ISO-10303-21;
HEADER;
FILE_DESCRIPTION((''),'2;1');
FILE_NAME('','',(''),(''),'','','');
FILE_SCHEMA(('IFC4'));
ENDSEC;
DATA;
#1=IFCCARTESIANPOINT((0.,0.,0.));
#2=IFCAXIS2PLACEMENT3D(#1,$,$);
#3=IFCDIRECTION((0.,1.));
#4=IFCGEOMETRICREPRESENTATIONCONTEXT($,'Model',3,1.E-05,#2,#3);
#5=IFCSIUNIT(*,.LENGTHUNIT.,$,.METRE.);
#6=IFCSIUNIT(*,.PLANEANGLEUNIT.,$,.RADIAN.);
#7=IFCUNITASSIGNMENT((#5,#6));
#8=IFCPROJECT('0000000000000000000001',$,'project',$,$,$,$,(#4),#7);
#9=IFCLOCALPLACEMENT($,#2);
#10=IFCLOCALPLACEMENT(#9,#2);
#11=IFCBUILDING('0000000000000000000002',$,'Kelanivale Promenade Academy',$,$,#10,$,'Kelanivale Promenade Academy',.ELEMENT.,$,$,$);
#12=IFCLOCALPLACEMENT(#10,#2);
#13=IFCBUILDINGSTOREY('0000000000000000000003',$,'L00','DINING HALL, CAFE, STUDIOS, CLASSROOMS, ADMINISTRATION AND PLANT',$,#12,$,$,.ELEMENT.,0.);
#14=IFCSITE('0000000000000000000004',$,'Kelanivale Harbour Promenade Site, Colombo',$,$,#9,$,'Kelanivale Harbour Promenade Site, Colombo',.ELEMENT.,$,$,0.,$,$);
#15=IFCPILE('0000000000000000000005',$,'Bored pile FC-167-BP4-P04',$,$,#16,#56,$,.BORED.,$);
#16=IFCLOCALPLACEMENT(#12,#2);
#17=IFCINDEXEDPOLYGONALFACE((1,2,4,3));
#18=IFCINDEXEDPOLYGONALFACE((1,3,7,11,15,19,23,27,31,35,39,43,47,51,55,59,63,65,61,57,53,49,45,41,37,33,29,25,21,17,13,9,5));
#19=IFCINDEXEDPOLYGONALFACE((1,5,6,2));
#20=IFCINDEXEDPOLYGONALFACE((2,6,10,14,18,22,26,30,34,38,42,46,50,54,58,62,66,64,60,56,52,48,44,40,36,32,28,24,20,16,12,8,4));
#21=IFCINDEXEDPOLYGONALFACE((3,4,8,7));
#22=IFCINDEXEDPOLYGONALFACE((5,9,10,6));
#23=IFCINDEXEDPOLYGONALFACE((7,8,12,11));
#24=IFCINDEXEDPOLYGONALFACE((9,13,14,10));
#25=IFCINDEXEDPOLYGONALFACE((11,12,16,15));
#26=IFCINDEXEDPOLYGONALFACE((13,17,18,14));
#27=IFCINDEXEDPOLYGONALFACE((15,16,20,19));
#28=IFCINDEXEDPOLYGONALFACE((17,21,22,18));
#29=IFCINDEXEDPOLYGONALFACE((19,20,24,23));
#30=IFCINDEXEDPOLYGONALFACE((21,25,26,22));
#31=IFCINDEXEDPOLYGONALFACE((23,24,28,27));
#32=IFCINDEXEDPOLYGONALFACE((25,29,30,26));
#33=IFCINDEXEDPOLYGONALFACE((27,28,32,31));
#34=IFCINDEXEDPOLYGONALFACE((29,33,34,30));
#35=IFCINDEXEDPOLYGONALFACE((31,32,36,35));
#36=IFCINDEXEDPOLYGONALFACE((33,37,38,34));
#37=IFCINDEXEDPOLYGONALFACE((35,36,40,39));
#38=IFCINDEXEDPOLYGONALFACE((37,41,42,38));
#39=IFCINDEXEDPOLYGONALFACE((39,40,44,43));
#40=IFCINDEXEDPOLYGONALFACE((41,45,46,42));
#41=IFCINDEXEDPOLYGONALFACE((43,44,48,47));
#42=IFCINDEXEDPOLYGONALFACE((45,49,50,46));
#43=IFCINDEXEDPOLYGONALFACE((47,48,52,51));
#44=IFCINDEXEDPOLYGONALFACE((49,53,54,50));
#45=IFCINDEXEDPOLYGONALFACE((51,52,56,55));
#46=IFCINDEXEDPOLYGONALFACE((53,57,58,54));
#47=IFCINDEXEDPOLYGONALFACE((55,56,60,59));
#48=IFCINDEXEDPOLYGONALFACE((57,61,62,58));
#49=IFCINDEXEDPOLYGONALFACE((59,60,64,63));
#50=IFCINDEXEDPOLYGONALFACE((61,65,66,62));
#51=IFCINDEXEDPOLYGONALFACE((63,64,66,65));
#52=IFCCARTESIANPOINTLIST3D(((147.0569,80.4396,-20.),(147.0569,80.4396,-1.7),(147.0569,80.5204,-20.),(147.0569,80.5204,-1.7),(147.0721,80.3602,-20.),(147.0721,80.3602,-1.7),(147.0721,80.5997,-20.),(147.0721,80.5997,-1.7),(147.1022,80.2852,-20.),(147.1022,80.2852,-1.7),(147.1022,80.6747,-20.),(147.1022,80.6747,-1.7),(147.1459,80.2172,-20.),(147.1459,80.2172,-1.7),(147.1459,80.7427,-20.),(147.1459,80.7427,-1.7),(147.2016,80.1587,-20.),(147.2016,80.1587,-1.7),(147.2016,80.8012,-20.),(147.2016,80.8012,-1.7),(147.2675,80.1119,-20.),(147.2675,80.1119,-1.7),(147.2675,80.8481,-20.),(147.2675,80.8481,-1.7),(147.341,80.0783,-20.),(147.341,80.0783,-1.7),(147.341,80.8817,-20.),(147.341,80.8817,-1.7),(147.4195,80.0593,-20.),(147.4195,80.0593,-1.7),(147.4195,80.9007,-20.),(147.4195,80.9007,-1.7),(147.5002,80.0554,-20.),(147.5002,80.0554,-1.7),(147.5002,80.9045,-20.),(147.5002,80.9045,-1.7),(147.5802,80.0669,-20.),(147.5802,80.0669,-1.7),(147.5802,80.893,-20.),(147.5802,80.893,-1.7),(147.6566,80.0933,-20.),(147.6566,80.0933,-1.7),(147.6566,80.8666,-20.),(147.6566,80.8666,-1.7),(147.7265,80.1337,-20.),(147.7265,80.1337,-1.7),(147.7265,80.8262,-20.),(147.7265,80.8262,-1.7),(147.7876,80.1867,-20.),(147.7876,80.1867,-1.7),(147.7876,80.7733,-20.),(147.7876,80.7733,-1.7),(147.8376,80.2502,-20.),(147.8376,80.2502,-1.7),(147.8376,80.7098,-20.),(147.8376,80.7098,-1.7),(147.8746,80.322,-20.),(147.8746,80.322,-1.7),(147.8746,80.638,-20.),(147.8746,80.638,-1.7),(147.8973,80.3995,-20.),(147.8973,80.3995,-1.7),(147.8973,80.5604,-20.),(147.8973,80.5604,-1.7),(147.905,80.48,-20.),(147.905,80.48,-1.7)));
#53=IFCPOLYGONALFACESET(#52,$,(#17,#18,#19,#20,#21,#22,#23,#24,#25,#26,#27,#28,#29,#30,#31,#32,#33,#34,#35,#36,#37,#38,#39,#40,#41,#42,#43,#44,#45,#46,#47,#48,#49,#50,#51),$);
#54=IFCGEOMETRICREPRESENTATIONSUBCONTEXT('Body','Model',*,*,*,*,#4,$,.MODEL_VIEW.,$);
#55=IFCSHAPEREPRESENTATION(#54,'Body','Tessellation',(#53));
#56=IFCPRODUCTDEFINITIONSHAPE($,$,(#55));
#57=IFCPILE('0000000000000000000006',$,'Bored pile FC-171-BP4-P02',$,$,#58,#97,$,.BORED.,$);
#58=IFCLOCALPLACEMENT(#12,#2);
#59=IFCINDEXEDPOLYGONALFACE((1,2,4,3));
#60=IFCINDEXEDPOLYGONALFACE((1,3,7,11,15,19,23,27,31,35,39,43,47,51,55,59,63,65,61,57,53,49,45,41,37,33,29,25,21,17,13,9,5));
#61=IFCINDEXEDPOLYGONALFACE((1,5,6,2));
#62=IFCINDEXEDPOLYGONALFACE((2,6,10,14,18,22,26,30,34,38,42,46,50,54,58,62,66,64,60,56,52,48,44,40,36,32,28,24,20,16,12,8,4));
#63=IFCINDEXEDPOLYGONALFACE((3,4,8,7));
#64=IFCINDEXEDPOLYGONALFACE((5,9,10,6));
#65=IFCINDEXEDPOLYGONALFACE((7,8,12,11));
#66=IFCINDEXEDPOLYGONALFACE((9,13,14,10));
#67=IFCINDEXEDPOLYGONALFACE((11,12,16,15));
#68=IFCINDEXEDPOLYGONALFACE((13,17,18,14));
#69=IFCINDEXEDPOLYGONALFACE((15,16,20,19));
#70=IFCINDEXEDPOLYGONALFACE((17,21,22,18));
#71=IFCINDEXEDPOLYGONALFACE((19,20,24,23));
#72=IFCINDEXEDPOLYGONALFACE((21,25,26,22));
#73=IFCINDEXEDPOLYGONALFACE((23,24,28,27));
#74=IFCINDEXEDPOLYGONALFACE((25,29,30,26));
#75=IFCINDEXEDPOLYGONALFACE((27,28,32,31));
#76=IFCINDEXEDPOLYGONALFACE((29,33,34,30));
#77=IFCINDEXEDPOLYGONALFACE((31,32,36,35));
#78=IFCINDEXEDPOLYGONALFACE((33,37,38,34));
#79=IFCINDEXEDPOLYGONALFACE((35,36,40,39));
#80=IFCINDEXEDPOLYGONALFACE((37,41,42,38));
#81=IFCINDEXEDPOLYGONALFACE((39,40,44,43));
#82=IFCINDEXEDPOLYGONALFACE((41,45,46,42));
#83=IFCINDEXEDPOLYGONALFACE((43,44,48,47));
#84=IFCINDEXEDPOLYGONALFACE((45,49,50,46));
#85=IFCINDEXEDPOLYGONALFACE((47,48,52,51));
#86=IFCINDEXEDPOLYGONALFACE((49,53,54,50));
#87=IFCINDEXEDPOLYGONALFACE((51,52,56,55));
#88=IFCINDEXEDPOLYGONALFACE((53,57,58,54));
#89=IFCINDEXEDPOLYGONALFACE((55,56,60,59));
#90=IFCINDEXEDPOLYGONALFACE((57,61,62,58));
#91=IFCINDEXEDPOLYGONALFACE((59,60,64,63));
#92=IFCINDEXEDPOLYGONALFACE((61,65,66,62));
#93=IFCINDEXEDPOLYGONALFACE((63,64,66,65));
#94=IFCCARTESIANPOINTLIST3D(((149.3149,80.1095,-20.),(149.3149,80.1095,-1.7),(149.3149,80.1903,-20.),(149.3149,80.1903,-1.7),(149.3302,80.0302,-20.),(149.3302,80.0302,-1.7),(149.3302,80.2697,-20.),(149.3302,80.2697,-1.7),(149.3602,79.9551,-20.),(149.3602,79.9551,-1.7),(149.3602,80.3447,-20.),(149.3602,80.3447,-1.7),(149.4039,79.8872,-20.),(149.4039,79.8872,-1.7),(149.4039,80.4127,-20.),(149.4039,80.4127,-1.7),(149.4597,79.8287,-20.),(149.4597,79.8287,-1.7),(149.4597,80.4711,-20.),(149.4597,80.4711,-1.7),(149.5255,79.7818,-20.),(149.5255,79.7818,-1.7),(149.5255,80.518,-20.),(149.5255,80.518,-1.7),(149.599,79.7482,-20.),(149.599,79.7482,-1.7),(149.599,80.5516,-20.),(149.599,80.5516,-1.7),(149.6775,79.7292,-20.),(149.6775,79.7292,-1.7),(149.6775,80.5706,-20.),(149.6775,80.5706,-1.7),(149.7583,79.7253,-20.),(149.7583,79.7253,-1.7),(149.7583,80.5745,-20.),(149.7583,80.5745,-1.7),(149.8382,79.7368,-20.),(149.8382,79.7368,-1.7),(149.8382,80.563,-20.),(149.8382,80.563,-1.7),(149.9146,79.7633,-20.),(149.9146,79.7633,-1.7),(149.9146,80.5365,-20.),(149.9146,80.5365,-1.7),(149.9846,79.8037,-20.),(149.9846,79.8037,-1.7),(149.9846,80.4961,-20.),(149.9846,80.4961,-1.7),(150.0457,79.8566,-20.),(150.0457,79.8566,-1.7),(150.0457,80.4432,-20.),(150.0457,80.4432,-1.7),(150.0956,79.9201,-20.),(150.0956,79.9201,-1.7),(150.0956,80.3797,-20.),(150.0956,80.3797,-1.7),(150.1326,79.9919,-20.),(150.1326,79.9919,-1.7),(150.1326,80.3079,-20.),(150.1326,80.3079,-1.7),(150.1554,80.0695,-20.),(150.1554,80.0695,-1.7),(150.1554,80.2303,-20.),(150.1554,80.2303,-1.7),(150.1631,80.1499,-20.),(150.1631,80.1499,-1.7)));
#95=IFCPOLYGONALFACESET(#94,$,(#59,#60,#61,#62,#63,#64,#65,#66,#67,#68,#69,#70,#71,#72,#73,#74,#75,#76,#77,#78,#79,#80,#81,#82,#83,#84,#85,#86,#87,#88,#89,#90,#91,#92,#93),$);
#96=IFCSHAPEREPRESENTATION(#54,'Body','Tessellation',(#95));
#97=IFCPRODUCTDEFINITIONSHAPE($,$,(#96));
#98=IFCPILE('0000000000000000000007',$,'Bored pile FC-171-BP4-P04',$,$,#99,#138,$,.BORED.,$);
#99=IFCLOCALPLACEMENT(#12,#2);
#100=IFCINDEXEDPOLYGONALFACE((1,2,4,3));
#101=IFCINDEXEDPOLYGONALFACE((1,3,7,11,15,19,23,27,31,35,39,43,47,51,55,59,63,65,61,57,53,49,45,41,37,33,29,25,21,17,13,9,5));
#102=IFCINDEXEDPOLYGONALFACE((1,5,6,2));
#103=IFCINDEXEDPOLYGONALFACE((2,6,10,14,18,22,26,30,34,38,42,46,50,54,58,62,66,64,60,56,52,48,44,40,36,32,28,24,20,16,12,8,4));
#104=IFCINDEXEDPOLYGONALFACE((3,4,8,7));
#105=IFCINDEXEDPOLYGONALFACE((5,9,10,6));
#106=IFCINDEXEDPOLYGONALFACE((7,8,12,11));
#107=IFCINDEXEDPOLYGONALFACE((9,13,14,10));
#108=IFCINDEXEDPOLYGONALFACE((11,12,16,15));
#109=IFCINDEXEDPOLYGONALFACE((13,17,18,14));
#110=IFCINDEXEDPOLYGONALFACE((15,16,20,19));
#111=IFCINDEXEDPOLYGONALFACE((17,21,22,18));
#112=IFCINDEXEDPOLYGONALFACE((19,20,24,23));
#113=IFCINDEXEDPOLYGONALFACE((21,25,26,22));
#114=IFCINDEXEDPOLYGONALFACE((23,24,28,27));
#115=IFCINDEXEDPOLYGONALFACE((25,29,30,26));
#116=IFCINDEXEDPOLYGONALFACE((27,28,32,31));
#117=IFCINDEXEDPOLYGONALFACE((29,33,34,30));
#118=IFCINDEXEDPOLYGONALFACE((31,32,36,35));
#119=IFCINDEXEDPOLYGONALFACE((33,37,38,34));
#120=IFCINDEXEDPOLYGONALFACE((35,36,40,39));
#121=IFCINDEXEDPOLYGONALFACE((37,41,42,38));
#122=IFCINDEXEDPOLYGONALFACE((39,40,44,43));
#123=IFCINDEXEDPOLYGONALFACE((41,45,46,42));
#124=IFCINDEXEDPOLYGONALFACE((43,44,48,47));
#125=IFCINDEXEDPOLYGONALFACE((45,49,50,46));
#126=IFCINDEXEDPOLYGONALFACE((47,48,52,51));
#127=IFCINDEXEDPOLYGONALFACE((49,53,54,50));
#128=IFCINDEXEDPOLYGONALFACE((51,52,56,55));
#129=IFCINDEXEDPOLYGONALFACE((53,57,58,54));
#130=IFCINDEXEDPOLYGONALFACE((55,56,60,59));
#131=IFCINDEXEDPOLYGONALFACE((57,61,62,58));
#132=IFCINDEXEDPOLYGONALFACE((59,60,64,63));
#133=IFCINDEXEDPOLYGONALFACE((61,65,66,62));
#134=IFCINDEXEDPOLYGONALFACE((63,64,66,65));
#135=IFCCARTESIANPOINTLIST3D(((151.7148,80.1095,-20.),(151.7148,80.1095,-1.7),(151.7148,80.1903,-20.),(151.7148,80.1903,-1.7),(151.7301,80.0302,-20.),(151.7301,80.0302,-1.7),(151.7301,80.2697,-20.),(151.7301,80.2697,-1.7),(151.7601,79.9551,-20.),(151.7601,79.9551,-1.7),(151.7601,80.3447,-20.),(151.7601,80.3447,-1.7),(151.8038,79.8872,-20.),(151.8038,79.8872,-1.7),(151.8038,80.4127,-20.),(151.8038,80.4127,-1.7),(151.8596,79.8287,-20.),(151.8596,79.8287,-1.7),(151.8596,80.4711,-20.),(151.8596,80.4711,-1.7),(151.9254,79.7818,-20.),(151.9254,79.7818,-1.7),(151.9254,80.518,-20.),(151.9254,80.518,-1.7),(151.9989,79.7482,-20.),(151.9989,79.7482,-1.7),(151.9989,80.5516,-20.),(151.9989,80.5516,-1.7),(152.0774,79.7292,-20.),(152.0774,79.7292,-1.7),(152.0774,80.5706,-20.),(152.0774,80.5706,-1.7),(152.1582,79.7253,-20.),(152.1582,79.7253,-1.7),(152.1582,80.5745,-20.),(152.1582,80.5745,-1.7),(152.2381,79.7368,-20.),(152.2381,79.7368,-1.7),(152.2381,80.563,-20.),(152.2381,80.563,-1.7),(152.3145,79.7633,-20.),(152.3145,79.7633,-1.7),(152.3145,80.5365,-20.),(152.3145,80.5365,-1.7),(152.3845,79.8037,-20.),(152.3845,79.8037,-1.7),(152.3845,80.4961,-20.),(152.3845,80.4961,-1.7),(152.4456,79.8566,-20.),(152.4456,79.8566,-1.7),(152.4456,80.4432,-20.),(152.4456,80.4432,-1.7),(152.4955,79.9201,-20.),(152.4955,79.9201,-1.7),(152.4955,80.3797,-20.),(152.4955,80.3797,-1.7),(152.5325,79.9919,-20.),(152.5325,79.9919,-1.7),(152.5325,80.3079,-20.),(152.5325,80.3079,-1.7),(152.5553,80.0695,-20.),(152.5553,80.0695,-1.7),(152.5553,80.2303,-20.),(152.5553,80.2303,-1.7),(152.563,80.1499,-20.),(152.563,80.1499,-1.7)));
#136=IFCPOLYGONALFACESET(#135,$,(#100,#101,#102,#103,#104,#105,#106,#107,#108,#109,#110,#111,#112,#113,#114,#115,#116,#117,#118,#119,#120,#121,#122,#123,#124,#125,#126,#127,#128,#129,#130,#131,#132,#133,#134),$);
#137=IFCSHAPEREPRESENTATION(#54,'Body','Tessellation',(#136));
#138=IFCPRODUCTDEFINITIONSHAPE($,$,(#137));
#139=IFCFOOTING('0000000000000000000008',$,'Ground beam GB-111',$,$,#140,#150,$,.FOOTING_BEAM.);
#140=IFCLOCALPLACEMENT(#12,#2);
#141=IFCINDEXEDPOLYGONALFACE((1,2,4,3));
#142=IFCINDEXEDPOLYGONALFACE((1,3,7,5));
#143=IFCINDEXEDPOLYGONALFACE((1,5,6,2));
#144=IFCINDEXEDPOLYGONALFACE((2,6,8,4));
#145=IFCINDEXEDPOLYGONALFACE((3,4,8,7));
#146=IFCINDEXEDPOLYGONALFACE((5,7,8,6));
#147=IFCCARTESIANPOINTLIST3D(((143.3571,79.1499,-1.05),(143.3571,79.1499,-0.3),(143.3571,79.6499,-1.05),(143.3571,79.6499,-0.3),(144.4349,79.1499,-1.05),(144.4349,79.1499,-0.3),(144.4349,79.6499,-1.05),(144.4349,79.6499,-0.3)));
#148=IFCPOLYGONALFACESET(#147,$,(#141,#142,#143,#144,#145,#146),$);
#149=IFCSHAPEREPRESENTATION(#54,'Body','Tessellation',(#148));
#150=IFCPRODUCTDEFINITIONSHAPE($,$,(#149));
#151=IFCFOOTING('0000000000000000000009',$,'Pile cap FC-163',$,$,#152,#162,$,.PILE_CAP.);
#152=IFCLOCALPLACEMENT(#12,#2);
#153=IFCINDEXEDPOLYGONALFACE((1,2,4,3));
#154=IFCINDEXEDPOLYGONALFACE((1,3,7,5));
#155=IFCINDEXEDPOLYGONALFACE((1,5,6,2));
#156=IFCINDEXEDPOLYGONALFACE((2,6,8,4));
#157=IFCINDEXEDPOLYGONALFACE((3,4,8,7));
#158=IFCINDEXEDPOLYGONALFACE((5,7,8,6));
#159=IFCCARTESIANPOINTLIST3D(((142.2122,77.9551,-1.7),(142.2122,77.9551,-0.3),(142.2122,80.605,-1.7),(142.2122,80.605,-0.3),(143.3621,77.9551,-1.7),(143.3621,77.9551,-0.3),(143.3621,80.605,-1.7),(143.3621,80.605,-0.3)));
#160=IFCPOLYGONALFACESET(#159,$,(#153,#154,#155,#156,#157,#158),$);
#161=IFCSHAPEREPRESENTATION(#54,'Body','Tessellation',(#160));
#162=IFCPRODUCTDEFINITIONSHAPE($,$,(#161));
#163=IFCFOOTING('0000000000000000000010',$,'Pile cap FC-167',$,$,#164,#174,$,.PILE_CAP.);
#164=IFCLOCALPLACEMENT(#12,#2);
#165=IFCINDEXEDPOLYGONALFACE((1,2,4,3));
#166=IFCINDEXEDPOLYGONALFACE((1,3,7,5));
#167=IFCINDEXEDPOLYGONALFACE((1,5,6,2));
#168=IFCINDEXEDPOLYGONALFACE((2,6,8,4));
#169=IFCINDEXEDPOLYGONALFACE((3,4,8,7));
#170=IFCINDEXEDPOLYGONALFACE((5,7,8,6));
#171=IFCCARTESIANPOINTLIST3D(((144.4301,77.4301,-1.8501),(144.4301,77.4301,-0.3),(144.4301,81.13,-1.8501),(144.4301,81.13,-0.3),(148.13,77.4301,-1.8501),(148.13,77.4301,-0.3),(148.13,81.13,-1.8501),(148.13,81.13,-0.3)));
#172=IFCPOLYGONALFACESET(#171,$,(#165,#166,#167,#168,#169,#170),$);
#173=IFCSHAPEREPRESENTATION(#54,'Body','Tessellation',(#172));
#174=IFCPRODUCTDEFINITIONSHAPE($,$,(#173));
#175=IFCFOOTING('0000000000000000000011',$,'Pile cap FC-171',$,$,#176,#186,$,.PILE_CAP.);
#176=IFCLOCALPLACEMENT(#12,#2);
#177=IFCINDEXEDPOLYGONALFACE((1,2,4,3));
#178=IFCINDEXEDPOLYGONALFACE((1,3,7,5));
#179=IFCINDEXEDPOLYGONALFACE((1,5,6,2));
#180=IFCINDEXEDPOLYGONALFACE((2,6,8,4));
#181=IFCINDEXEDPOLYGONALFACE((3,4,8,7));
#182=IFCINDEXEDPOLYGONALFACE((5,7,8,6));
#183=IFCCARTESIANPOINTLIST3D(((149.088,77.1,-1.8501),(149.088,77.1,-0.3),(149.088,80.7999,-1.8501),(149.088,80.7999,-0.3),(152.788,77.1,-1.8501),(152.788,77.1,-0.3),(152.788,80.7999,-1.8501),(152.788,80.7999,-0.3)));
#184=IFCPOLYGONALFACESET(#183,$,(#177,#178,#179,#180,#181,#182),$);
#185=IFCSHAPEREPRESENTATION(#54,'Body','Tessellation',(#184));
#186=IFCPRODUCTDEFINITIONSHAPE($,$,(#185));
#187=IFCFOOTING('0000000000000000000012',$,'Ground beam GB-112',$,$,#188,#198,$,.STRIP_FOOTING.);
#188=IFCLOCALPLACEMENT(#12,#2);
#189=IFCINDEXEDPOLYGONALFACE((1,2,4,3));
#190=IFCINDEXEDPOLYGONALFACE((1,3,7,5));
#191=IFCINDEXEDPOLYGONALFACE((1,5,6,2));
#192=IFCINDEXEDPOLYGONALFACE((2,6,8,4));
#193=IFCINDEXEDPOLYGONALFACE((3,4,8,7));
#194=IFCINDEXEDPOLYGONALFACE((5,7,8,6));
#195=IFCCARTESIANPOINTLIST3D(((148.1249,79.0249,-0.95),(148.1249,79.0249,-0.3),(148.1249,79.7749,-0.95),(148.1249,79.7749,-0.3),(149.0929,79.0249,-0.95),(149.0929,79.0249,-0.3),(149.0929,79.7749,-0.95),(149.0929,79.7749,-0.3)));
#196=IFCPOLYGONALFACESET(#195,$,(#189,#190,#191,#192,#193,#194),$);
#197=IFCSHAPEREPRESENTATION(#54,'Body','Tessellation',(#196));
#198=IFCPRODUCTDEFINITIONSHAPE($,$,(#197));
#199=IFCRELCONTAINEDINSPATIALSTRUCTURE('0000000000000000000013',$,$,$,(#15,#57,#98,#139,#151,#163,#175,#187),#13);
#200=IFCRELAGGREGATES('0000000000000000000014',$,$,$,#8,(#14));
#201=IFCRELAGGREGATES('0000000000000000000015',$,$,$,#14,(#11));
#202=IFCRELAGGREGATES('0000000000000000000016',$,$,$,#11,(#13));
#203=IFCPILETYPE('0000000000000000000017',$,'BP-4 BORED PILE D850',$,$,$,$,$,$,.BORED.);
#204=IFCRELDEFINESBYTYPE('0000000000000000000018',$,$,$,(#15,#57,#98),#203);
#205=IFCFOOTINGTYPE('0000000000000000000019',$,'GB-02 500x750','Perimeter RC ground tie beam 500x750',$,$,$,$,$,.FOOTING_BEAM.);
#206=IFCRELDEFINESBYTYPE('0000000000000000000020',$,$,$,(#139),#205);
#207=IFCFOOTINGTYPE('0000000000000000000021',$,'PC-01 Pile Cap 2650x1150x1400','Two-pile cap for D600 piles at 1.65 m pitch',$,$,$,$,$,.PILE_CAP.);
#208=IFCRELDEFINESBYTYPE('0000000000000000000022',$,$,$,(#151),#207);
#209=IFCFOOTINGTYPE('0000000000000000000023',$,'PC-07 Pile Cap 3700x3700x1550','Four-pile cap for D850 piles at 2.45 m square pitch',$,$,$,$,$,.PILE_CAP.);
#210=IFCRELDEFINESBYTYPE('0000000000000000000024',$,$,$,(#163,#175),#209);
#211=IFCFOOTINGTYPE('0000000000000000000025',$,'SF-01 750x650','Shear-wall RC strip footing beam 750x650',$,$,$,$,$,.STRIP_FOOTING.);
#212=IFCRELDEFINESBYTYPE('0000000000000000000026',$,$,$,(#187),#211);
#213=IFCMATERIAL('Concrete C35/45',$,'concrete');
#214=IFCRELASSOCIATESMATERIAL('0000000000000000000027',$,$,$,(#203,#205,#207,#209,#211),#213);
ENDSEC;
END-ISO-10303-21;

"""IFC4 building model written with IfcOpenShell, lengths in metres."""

from ifc_helpers import new_model, si_unit, direction, frame, origin, origin_2d, place, context, subcontext, project, spatial, rectangle, circle, extrude, material, material_profile, profile_set, type_object, element, save


model = new_model("IFC4")

# Units and contexts
model_context = context("Model", 3, precision=1e-05, world=origin(), true_north=direction((0.0, 1.0)))
body_context = subcontext(model_context, "Body", "Model", "MODEL_VIEW")
ifc_project = project(units=[si_unit("LENGTHUNIT", "METRE"), si_unit("PLANEANGLEUNIT", "RADIAN")], contexts=[model_context])

# Site, building, storey
site_placement = place(None, origin())
site = spatial("IfcSite", under=ifc_project, at=site_placement, Name="Kelanivale Harbour Promenade Site, Colombo", LongName="Kelanivale Harbour Promenade Site, Colombo", CompositionType="ELEMENT", RefElevation=0.0)
building_placement = place(site_placement, origin())
building = spatial("IfcBuilding", under=site, at=building_placement, Name="Kelanivale Promenade Academy", LongName="Kelanivale Promenade Academy", CompositionType="ELEMENT")
storey_placement = place(building_placement, origin())
storey = spatial("IfcBuildingStorey", under=building, at=storey_placement, Name="L00", Description="DINING HALL, CAFE, STUDIOS, CLASSROOMS, ADMINISTRATION AND PLANT", CompositionType="ELEMENT", Elevation=0.0)

# Piles
ifc_material_1 = material(Name="Concrete C35/45", Category="concrete")
ifc_material_profile_1 = material_profile(ifc_material_1, circle(Radius=0.425, at=origin_2d()), Name="BORED PILE D850")
ifc_profile_set_1 = profile_set([ifc_material_profile_1], Name="Concrete C35/45")
pile_type_1 = type_object("IfcPileType", Name="BP-4 BORED PILE D850", PredefinedType="BORED", material=ifc_profile_set_1)
for number, where, z_axis, x_axis, name in (
    (1, (147.48, 80.48, -1.7), (0.0, 0.0, -1.0), (1.0, 0.0, 0.0), "Bored pile FC-167-BP4-P04"),
    (2, (149.738, 80.1499, -1.7), (0.0, 0.0, -1.0), (1.0, 0.0, 0.0), "Bored pile FC-171-BP4-P02"),
    (3, (152.1379, 80.1499, -1.7), (0.0, 0.0, -1.0), (1.0, 0.0, 0.0), "Bored pile FC-171-BP4-P04"),
):
    element("IfcPile", number, at=place(storey_placement, frame(where, z_axis=z_axis, x_axis=x_axis)), inside=storey, type_object=pile_type_1, Name=name, PredefinedType="BORED", context=body_context, shape_type="SweptSolid", body=[
        extrude(circle(Radius=0.425, at=origin_2d()), origin(), (0.0, 0.0, 1.0), 18.3),
    ])

# Footings
footing_type_1 = type_object("IfcFootingType", Name="GB-02 500x750", Description="Perimeter RC ground tie beam 500x750", PredefinedType="FOOTING_BEAM", material=ifc_material_1)
footing_1_placement = place(storey_placement, frame((143.896, 79.3999, -1.05), z_axis=(0.0, 0.0, 1.0), x_axis=(1.0, 0.0, 0.0)))
element("IfcFooting", 4, at=footing_1_placement, inside=storey, type_object=footing_type_1, Name="Ground beam GB-111", PredefinedType="FOOTING_BEAM", context=body_context, shape_type="SweptSolid", body=[
    extrude(rectangle(XDim=1.0779, YDim=0.5, at=origin_2d()), origin(), (0.0, 0.0, 1.0), 0.75),
])
footing_type_2 = type_object("IfcFootingType", Name="PC-01 Pile Cap 2650x1150x1400", Description="Two-pile cap for D600 piles at 1.65 m pitch", PredefinedType="PILE_CAP", material=ifc_material_1)
footing_2_placement = place(storey_placement, frame((142.7871, 79.28, -1.7), z_axis=(0.0, 0.0, 1.0), x_axis=(0.0, 1.0, 0.0)))
element("IfcFooting", 5, at=footing_2_placement, inside=storey, type_object=footing_type_2, Name="Pile cap FC-163", PredefinedType="PILE_CAP", context=body_context, shape_type="SweptSolid", body=[
    extrude(rectangle(XDim=2.6499, YDim=1.1499, at=origin_2d()), origin(), (0.0, 0.0, 1.0), 1.3999),
])
footing_type_3 = type_object("IfcFootingType", Name="PC-07 Pile Cap 3700x3700x1550", Description="Four-pile cap for D850 piles at 2.45 m square pitch", PredefinedType="PILE_CAP", material=ifc_material_1)
for number, where, z_axis, x_axis, name in (
    (6, (146.28, 79.28, -1.8501), (0.0, 0.0, 1.0), (1.0, 0.0, 0.0), "Pile cap FC-167"),
    (7, (150.938, 78.95, -1.8501), (0.0, 0.0, 1.0), (1.0, 0.0, 0.0), "Pile cap FC-171"),
):
    element("IfcFooting", number, at=place(storey_placement, frame(where, z_axis=z_axis, x_axis=x_axis)), inside=storey, type_object=footing_type_3, Name=name, PredefinedType="PILE_CAP", context=body_context, shape_type="SweptSolid", body=[
        extrude(rectangle(XDim=3.7, YDim=3.7, at=origin_2d()), origin(), (0.0, 0.0, 1.0), 1.55),
    ])
footing_type_4 = type_object("IfcFootingType", Name="SF-01 750x650", Description="Shear-wall RC strip footing beam 750x650", PredefinedType="STRIP_FOOTING", material=ifc_material_1)
footing_3_placement = place(storey_placement, frame((148.6089, 79.3999, -0.95), z_axis=(0.0, 0.0, 1.0), x_axis=(1.0, 0.0, 0.0)))
element("IfcFooting", 8, at=footing_3_placement, inside=storey, type_object=footing_type_4, Name="Ground beam GB-112", PredefinedType="STRIP_FOOTING", context=body_context, shape_type="SweptSolid", body=[
    extrude(rectangle(XDim=0.968, YDim=0.75, at=origin_2d()), origin(), (0.0, 0.0, 1.0), 0.6499),
])

save(model, "model.ifc")
